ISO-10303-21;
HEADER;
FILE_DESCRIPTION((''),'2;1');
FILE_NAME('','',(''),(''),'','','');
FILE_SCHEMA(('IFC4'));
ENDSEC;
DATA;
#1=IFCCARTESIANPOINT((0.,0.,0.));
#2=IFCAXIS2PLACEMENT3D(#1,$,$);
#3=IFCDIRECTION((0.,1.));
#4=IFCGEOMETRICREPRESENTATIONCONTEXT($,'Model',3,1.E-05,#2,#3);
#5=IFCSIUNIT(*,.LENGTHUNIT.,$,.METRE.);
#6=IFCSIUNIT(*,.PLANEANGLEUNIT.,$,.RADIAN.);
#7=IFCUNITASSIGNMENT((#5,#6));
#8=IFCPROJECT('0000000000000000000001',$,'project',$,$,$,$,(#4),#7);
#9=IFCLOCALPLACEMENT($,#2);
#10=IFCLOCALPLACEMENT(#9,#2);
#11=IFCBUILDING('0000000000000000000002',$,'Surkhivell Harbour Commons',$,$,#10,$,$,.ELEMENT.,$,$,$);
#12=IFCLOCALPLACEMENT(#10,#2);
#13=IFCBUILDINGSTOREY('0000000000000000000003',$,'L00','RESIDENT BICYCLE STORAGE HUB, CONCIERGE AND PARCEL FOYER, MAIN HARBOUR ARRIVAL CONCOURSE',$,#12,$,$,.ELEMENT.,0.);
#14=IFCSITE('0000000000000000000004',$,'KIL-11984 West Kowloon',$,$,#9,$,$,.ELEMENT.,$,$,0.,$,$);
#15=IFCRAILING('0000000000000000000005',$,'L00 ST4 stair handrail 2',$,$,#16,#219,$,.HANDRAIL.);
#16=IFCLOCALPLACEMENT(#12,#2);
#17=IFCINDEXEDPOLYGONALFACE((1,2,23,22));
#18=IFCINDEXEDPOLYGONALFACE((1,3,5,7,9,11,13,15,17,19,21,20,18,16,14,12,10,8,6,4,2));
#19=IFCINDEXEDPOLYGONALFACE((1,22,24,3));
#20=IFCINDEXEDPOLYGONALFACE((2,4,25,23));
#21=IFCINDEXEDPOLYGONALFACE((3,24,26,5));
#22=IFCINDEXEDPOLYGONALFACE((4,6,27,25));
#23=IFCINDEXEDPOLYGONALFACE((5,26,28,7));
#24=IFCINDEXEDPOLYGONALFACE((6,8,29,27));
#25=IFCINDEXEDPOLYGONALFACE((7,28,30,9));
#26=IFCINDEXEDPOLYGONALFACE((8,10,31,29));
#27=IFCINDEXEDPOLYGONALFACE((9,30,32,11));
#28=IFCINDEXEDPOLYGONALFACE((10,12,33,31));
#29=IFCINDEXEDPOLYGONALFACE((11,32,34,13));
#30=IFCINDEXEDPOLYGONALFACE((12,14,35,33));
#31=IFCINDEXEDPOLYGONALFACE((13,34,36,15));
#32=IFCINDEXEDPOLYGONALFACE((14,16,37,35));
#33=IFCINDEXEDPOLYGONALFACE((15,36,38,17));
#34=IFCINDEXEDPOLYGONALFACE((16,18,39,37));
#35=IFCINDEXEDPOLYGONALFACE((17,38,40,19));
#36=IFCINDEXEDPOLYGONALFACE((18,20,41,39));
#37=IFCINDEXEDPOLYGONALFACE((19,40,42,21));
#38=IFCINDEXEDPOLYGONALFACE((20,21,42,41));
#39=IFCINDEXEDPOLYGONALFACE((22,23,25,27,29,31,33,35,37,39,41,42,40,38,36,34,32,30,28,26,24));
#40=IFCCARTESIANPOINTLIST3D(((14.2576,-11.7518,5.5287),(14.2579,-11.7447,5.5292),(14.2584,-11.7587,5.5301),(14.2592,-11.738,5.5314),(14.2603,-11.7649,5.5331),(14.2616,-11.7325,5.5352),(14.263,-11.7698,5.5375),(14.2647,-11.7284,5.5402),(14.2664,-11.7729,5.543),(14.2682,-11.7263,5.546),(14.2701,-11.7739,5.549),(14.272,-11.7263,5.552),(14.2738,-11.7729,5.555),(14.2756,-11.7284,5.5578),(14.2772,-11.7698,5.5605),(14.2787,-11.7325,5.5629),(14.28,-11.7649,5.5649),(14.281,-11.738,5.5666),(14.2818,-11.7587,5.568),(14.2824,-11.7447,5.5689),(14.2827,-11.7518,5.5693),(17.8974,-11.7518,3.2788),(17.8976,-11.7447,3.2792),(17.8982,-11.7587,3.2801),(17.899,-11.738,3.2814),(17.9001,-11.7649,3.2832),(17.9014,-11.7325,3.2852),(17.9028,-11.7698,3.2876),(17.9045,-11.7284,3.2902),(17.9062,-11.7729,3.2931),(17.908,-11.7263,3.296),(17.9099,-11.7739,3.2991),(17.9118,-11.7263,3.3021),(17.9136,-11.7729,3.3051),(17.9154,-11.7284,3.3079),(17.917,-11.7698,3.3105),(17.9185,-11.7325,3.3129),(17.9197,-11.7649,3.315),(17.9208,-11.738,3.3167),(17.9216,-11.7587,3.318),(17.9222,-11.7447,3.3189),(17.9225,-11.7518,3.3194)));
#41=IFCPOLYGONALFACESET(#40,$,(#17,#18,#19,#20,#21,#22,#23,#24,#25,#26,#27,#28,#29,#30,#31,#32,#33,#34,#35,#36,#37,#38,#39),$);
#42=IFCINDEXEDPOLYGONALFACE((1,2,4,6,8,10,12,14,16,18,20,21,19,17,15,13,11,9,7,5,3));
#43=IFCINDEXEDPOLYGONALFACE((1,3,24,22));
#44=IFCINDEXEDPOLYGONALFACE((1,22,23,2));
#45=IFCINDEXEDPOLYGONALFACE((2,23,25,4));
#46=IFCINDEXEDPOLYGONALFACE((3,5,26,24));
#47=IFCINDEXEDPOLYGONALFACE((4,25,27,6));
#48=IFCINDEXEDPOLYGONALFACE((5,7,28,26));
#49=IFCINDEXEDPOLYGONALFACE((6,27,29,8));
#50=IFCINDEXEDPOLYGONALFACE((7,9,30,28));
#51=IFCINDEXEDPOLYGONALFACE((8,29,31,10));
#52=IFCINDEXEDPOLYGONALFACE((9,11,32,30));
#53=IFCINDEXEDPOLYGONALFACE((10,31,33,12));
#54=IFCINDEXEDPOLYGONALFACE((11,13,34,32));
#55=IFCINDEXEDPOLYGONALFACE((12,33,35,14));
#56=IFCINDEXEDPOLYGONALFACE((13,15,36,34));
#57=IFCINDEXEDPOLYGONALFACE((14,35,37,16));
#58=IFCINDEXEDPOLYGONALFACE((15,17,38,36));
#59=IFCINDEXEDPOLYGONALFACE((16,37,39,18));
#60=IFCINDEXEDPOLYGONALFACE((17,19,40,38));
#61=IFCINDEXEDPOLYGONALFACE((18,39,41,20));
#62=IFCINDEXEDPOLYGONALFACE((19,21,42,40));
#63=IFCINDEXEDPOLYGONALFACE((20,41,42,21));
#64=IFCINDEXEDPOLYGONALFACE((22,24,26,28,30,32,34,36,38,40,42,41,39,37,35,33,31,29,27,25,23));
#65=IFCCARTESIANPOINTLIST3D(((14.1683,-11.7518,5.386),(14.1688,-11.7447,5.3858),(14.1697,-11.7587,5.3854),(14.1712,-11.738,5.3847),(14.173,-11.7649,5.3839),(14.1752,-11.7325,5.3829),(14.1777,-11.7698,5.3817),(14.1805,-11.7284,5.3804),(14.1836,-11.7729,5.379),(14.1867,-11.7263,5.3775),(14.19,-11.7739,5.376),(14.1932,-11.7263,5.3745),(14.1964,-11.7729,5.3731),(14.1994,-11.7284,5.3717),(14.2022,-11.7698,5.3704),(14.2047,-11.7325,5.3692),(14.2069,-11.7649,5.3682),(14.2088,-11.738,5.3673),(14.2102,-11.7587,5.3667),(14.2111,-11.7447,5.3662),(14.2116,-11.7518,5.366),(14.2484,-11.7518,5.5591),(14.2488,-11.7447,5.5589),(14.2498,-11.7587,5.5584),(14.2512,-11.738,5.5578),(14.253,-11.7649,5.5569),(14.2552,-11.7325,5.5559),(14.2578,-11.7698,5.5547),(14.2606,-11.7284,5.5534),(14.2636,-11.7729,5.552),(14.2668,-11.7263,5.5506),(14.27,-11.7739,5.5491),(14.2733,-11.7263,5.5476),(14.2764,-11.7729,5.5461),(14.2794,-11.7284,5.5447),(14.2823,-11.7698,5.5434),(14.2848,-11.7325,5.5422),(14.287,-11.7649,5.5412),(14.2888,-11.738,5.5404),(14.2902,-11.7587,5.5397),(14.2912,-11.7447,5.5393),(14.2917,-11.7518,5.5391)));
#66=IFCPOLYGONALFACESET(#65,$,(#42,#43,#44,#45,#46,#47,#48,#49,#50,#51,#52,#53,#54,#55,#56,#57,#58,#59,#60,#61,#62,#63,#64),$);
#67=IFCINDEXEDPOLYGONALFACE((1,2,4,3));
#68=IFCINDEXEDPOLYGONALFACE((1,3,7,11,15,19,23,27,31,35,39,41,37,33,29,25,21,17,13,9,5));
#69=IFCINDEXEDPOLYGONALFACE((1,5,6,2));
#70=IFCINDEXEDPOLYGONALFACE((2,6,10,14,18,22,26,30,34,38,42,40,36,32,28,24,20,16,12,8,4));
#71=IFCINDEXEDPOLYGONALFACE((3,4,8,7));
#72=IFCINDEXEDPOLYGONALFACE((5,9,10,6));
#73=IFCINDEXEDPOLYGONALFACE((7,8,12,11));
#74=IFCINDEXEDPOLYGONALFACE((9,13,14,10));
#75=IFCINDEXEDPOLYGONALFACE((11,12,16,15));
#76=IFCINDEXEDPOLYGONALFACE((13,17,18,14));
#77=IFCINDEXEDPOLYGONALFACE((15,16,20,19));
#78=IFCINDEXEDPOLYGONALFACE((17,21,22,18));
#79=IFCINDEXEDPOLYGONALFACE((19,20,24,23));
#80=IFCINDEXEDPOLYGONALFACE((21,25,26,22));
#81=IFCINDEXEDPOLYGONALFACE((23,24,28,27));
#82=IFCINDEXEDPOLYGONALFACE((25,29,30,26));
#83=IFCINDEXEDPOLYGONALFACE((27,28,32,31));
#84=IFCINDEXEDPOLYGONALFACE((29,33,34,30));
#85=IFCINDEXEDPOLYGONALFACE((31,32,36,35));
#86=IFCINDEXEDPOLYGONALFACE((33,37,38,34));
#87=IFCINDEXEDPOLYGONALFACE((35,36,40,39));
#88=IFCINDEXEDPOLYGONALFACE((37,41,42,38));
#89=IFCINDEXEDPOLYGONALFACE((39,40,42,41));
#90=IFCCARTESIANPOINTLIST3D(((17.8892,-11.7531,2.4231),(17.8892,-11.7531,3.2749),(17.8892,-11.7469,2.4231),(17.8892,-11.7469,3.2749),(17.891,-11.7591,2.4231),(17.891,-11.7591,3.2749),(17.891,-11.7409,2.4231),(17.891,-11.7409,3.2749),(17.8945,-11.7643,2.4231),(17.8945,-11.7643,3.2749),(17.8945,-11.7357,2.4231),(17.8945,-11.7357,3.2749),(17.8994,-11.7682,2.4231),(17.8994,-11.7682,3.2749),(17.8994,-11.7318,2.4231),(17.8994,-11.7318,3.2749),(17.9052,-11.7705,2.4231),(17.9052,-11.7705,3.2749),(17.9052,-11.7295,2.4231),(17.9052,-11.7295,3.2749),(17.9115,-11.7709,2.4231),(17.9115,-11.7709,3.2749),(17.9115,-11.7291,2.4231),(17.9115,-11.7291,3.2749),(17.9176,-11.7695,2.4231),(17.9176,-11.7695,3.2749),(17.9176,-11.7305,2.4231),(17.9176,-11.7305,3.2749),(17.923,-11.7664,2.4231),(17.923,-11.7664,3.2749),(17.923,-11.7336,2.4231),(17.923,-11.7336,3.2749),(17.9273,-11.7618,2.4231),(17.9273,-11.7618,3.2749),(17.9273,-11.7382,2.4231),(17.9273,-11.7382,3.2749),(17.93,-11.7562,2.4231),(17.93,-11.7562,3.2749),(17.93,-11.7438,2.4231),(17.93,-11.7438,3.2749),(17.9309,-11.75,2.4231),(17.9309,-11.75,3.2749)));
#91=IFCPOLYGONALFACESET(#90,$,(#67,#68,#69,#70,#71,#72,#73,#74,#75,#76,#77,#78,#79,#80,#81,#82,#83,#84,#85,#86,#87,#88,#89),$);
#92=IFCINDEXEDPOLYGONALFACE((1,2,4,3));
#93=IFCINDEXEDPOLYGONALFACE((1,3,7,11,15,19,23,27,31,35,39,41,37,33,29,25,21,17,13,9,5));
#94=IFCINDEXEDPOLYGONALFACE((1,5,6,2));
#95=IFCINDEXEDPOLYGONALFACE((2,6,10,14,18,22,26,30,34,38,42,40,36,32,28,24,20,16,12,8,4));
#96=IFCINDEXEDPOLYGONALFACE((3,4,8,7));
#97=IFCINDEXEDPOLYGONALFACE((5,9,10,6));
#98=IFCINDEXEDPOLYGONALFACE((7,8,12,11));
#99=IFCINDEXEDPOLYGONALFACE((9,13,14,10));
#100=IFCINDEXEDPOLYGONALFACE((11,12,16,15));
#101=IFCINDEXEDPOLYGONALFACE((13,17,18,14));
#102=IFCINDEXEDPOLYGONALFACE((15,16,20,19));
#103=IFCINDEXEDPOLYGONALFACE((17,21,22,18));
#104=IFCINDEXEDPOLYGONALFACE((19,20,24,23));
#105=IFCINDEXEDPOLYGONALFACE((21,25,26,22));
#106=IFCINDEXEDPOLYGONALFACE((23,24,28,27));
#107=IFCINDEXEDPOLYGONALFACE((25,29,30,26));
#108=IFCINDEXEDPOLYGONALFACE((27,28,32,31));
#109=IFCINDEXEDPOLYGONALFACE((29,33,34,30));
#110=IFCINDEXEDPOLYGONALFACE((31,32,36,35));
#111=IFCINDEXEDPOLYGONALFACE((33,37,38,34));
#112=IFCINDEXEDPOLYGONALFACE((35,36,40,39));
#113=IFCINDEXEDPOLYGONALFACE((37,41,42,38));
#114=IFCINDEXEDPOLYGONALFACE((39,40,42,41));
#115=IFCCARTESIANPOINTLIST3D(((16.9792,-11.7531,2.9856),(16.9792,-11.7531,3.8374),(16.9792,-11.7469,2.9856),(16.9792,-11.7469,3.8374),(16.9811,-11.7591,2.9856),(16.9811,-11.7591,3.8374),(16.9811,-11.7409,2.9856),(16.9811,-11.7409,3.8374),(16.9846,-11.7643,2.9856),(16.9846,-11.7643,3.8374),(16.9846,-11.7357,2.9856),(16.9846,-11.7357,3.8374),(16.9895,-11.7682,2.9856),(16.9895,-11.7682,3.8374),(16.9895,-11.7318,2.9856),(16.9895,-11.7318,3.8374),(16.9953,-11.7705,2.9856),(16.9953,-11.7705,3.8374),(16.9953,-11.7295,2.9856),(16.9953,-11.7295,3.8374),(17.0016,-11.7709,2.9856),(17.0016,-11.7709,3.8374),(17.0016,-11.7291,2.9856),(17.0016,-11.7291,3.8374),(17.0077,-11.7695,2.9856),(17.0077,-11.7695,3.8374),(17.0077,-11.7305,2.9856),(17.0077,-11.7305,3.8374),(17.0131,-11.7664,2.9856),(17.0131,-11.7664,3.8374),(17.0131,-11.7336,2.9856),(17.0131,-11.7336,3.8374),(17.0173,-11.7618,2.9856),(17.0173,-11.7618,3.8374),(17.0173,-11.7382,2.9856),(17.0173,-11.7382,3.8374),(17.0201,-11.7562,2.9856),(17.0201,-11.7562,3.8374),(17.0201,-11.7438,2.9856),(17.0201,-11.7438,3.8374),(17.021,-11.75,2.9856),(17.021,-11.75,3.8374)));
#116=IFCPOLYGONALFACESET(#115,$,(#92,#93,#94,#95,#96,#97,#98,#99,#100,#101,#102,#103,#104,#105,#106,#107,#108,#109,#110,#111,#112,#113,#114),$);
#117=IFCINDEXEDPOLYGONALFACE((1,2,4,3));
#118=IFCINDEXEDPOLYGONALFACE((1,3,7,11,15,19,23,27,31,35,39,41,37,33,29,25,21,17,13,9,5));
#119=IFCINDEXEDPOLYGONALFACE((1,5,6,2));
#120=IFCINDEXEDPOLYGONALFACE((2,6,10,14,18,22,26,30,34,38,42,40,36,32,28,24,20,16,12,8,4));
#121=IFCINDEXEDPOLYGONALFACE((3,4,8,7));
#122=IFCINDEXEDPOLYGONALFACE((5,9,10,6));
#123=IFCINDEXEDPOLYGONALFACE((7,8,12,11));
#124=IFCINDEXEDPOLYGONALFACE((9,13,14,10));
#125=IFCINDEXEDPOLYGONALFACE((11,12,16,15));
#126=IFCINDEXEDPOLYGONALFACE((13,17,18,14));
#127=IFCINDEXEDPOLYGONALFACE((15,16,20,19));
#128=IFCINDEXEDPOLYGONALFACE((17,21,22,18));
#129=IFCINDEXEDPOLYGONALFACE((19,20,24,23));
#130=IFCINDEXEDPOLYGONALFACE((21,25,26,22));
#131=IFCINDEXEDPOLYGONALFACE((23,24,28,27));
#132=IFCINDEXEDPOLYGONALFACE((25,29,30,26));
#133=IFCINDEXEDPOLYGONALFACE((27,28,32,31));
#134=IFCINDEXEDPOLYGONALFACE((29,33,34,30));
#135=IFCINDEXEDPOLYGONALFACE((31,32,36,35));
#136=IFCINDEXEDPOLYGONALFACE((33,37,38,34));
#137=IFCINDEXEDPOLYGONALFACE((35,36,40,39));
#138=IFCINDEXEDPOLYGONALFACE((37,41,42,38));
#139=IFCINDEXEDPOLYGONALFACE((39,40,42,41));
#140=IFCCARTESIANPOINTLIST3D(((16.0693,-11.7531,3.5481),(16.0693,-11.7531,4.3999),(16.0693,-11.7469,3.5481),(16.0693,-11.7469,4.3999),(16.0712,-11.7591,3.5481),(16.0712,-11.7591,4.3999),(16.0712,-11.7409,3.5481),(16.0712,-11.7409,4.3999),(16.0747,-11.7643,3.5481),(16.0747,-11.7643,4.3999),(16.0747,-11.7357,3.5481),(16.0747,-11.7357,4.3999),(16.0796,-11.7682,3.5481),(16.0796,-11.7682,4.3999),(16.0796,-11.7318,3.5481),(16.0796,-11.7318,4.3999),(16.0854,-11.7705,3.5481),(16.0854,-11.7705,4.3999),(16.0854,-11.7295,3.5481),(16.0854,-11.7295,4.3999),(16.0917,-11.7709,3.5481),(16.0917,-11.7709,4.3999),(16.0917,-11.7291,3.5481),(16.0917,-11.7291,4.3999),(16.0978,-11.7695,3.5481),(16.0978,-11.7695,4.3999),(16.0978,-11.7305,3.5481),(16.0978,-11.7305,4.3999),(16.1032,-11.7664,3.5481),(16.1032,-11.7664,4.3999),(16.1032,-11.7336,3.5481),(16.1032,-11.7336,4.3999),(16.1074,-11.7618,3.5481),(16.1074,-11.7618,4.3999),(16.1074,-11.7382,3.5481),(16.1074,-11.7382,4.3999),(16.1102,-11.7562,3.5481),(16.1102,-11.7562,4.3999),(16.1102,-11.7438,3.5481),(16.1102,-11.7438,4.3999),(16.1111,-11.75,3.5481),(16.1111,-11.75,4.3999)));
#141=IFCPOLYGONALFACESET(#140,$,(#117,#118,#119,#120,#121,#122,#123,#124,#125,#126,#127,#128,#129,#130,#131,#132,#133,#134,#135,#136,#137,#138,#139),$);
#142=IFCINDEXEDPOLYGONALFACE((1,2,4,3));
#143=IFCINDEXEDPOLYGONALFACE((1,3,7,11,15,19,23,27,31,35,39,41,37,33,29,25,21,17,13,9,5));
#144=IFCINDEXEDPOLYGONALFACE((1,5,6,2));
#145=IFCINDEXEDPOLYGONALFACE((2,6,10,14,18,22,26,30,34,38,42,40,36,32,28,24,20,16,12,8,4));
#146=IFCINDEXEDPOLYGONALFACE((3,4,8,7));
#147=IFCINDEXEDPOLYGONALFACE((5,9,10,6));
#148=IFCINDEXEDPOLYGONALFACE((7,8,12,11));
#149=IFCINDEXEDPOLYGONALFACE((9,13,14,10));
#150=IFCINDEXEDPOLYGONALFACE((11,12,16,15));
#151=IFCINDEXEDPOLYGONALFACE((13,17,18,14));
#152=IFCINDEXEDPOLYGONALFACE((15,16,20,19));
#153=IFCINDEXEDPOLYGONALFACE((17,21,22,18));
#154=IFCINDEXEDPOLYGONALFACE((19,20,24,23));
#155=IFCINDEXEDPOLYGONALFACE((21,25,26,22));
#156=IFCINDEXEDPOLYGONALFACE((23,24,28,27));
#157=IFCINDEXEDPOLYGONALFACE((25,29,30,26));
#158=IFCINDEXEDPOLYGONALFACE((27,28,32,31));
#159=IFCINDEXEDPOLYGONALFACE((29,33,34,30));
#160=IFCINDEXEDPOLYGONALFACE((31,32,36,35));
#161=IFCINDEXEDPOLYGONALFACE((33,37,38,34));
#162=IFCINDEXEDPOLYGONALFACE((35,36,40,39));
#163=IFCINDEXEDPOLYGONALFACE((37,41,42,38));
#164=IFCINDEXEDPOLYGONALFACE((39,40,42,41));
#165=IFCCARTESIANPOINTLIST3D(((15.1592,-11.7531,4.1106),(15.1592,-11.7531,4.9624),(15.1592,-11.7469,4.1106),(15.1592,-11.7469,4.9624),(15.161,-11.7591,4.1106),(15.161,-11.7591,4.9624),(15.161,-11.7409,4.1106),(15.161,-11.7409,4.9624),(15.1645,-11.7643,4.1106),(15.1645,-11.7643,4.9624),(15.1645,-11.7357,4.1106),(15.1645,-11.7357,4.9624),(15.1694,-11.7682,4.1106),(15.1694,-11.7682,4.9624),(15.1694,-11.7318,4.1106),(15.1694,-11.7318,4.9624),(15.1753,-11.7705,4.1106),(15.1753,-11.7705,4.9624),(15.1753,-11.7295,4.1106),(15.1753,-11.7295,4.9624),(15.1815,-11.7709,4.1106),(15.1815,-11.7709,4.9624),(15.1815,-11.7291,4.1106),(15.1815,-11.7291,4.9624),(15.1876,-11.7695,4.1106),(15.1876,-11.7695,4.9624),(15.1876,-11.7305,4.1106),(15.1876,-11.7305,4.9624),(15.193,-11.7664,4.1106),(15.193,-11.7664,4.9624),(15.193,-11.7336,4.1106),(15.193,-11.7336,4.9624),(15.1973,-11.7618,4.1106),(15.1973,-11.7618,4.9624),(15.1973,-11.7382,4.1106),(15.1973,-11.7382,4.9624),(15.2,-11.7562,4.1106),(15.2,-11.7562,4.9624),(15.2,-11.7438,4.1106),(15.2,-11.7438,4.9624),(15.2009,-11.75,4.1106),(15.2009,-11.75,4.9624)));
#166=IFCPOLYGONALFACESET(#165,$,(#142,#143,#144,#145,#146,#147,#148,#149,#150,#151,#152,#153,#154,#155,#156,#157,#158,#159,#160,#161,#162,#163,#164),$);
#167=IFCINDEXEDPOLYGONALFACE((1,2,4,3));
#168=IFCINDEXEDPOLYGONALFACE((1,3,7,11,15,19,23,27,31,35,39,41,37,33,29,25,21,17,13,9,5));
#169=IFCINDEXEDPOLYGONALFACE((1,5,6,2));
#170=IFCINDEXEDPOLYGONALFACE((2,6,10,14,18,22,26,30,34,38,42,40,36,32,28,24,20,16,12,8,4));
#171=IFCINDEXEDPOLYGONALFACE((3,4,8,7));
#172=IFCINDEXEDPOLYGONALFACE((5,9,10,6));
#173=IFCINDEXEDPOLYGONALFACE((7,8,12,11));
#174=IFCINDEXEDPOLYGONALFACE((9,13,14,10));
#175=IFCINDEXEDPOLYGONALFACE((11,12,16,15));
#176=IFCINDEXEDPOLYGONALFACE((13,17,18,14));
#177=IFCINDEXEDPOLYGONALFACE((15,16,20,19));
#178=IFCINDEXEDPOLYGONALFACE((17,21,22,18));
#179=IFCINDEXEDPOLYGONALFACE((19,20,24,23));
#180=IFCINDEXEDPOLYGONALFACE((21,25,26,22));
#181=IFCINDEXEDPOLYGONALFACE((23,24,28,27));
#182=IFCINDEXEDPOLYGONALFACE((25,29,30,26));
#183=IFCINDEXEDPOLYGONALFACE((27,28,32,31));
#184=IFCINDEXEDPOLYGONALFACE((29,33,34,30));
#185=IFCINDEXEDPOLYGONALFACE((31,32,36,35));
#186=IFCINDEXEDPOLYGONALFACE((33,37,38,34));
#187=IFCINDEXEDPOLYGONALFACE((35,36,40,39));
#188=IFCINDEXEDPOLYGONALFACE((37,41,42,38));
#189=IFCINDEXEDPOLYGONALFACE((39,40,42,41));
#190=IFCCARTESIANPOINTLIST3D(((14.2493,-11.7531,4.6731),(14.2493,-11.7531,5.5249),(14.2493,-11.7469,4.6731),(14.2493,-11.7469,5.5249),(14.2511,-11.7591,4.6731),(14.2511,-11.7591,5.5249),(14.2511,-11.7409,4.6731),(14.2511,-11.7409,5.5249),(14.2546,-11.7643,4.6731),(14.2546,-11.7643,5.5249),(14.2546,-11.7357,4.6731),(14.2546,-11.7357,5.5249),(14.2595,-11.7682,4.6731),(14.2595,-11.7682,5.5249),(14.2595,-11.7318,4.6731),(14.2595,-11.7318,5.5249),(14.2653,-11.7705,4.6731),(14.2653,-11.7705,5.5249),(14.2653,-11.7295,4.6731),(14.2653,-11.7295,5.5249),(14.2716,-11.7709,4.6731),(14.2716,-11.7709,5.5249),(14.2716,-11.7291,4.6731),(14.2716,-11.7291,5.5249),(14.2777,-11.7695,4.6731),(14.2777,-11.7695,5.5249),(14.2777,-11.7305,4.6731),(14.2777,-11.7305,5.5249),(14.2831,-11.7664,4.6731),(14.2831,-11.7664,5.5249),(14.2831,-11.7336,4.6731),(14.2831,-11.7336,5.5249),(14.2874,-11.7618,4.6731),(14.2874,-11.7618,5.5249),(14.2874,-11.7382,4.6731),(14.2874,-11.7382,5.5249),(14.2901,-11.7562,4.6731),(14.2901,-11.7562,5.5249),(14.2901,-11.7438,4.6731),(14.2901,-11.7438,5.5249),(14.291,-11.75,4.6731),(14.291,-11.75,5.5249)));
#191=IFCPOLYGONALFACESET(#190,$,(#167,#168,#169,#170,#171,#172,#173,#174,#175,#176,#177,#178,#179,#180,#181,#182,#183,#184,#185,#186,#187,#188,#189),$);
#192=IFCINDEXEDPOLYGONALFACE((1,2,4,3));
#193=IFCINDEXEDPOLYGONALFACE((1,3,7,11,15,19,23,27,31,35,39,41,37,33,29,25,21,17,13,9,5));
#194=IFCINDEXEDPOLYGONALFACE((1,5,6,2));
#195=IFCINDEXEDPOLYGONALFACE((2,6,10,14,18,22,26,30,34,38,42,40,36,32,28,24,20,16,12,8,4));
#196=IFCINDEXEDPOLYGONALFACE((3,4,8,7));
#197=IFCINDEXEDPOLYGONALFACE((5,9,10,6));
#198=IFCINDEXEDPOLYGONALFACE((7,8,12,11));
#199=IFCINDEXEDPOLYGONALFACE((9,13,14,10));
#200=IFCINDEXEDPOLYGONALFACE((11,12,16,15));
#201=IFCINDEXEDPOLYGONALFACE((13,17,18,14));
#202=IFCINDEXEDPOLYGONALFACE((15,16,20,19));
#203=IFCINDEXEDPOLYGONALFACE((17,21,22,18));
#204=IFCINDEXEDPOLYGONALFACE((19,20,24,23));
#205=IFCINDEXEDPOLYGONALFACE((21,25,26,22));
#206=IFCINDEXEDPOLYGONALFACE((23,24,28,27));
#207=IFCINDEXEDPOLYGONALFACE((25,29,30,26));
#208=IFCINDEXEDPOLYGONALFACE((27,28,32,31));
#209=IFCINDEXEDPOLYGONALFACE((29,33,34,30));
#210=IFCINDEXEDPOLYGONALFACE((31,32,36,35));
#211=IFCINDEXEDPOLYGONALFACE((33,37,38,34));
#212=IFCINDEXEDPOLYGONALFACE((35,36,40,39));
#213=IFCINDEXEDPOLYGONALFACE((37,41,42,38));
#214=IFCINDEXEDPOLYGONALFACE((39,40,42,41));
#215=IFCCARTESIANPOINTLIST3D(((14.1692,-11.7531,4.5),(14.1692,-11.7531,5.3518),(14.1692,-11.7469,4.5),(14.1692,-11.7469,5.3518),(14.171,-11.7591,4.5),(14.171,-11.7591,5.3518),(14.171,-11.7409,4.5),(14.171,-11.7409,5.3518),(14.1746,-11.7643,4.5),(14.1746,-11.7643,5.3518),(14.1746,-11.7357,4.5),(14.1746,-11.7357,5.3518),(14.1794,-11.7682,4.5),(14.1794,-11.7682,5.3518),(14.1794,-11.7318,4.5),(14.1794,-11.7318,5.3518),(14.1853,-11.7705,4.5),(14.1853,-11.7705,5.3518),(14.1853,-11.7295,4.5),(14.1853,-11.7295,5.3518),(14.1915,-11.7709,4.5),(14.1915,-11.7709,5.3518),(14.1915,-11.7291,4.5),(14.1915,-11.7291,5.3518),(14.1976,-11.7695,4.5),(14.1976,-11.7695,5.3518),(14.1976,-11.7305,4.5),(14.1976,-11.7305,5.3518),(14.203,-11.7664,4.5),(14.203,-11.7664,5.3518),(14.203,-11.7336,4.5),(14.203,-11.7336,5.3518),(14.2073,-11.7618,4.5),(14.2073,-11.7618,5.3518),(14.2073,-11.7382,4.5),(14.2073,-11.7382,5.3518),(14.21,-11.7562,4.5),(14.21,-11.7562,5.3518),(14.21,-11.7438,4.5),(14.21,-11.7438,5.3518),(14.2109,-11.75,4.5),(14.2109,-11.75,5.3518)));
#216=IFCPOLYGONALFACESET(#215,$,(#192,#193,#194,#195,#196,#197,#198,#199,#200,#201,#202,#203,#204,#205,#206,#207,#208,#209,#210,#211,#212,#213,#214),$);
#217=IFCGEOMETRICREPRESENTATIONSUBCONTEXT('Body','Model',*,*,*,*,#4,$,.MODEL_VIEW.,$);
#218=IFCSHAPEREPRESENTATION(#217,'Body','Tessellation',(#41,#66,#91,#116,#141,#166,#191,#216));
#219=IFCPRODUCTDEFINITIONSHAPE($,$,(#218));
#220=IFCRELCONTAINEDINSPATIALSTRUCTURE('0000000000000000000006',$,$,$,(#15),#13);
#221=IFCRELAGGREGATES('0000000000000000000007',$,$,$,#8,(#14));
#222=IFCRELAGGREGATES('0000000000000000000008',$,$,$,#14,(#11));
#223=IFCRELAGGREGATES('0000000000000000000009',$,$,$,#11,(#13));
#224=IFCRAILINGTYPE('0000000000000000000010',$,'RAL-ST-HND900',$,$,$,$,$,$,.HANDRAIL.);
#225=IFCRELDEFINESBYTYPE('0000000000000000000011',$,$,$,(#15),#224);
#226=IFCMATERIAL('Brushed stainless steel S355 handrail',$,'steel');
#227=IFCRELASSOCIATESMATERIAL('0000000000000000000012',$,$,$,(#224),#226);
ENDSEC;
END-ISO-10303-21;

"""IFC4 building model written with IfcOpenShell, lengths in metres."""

from ifc_helpers import new_model, si_unit, direction, frame, origin, origin_2d, place, context, subcontext, project, spatial, circle, extrude, material, type_object, element, save


model = new_model("IFC4")

# Units and contexts
model_context = context("Model", 3, precision=1e-05, world=origin(), true_north=direction((0.0, 1.0)))
body_context = subcontext(model_context, "Body", "Model", "MODEL_VIEW")
ifc_project = project(units=[si_unit("LENGTHUNIT", "METRE"), si_unit("PLANEANGLEUNIT", "RADIAN")], contexts=[model_context])

# Site, building, storey
site_placement = place(None, origin())
site = spatial("IfcSite", under=ifc_project, at=site_placement, Name="KIL-11984 West Kowloon", CompositionType="ELEMENT", RefElevation=0.0)
building_placement = place(site_placement, origin())
building = spatial("IfcBuilding", under=site, at=building_placement, Name="Surkhivell Harbour Commons", CompositionType="ELEMENT")
storey_placement = place(building_placement, origin())
storey = spatial("IfcBuildingStorey", under=building, at=storey_placement, Name="L00", Description="RESIDENT BICYCLE STORAGE HUB, CONCIERGE AND PARCEL FOYER, MAIN HARBOUR ARRIVAL CONCOURSE", CompositionType="ELEMENT", Elevation=0.0)

# Railing
ifc_material_1 = material(Name="Brushed stainless steel S355 handrail", Category="steel")
railing_type_1 = type_object("IfcRailingType", Name="RAL-ST-HND900", PredefinedType="HANDRAIL", material=ifc_material_1)
railing_1_placement = place(storey_placement, frame((17.9099, -11.75, 2.4231)))
element("IfcRailing", 1, at=railing_1_placement, inside=storey, type_object=railing_type_1, Name="L00 ST4 stair handrail 2", PredefinedType="HANDRAIL", context=body_context, shape_type="SweptSolid", body=[
    extrude(circle(Radius=0.0239, at=origin_2d()), frame((0.0, 0.0, 0.876), z_axis=(-0.850607, 0.0, 0.525803), x_axis=(0.0, -1.0, 0.0)), (0.0, 0.0, 1.0), 4.2791),
    extrude(circle(Radius=0.0239, at=origin_2d()), frame((-3.6399, 0.0, 3.126), z_axis=(-0.41987, 0.0, -0.907584), x_axis=(0.0, -1.0, 0.0)), (0.0, 0.0, 1.0), 0.1907),
    extrude(circle(Radius=0.021, at=origin_2d()), origin(), (0.0, 0.0, 1.0), 0.8518),
    extrude(circle(Radius=0.021, at=origin_2d()), frame((-0.9099, 0.0, 0.5625)), (0.0, 0.0, 1.0), 0.8518),
    extrude(circle(Radius=0.021, at=origin_2d()), frame((-1.8198, 0.0, 1.125)), (0.0, 0.0, 1.0), 0.8518),
    extrude(circle(Radius=0.021, at=origin_2d()), frame((-2.73, 0.0, 1.6875)), (0.0, 0.0, 1.0), 0.8518),
    extrude(circle(Radius=0.021, at=origin_2d()), frame((-3.6399, 0.0, 2.25)), (0.0, 0.0, 1.0), 0.8518),
    extrude(circle(Radius=0.021, at=origin_2d()), frame((-3.72, 0.0, 2.0769)), (0.0, 0.0, 1.0), 0.8518),
])

save(model, "model.ifc")
